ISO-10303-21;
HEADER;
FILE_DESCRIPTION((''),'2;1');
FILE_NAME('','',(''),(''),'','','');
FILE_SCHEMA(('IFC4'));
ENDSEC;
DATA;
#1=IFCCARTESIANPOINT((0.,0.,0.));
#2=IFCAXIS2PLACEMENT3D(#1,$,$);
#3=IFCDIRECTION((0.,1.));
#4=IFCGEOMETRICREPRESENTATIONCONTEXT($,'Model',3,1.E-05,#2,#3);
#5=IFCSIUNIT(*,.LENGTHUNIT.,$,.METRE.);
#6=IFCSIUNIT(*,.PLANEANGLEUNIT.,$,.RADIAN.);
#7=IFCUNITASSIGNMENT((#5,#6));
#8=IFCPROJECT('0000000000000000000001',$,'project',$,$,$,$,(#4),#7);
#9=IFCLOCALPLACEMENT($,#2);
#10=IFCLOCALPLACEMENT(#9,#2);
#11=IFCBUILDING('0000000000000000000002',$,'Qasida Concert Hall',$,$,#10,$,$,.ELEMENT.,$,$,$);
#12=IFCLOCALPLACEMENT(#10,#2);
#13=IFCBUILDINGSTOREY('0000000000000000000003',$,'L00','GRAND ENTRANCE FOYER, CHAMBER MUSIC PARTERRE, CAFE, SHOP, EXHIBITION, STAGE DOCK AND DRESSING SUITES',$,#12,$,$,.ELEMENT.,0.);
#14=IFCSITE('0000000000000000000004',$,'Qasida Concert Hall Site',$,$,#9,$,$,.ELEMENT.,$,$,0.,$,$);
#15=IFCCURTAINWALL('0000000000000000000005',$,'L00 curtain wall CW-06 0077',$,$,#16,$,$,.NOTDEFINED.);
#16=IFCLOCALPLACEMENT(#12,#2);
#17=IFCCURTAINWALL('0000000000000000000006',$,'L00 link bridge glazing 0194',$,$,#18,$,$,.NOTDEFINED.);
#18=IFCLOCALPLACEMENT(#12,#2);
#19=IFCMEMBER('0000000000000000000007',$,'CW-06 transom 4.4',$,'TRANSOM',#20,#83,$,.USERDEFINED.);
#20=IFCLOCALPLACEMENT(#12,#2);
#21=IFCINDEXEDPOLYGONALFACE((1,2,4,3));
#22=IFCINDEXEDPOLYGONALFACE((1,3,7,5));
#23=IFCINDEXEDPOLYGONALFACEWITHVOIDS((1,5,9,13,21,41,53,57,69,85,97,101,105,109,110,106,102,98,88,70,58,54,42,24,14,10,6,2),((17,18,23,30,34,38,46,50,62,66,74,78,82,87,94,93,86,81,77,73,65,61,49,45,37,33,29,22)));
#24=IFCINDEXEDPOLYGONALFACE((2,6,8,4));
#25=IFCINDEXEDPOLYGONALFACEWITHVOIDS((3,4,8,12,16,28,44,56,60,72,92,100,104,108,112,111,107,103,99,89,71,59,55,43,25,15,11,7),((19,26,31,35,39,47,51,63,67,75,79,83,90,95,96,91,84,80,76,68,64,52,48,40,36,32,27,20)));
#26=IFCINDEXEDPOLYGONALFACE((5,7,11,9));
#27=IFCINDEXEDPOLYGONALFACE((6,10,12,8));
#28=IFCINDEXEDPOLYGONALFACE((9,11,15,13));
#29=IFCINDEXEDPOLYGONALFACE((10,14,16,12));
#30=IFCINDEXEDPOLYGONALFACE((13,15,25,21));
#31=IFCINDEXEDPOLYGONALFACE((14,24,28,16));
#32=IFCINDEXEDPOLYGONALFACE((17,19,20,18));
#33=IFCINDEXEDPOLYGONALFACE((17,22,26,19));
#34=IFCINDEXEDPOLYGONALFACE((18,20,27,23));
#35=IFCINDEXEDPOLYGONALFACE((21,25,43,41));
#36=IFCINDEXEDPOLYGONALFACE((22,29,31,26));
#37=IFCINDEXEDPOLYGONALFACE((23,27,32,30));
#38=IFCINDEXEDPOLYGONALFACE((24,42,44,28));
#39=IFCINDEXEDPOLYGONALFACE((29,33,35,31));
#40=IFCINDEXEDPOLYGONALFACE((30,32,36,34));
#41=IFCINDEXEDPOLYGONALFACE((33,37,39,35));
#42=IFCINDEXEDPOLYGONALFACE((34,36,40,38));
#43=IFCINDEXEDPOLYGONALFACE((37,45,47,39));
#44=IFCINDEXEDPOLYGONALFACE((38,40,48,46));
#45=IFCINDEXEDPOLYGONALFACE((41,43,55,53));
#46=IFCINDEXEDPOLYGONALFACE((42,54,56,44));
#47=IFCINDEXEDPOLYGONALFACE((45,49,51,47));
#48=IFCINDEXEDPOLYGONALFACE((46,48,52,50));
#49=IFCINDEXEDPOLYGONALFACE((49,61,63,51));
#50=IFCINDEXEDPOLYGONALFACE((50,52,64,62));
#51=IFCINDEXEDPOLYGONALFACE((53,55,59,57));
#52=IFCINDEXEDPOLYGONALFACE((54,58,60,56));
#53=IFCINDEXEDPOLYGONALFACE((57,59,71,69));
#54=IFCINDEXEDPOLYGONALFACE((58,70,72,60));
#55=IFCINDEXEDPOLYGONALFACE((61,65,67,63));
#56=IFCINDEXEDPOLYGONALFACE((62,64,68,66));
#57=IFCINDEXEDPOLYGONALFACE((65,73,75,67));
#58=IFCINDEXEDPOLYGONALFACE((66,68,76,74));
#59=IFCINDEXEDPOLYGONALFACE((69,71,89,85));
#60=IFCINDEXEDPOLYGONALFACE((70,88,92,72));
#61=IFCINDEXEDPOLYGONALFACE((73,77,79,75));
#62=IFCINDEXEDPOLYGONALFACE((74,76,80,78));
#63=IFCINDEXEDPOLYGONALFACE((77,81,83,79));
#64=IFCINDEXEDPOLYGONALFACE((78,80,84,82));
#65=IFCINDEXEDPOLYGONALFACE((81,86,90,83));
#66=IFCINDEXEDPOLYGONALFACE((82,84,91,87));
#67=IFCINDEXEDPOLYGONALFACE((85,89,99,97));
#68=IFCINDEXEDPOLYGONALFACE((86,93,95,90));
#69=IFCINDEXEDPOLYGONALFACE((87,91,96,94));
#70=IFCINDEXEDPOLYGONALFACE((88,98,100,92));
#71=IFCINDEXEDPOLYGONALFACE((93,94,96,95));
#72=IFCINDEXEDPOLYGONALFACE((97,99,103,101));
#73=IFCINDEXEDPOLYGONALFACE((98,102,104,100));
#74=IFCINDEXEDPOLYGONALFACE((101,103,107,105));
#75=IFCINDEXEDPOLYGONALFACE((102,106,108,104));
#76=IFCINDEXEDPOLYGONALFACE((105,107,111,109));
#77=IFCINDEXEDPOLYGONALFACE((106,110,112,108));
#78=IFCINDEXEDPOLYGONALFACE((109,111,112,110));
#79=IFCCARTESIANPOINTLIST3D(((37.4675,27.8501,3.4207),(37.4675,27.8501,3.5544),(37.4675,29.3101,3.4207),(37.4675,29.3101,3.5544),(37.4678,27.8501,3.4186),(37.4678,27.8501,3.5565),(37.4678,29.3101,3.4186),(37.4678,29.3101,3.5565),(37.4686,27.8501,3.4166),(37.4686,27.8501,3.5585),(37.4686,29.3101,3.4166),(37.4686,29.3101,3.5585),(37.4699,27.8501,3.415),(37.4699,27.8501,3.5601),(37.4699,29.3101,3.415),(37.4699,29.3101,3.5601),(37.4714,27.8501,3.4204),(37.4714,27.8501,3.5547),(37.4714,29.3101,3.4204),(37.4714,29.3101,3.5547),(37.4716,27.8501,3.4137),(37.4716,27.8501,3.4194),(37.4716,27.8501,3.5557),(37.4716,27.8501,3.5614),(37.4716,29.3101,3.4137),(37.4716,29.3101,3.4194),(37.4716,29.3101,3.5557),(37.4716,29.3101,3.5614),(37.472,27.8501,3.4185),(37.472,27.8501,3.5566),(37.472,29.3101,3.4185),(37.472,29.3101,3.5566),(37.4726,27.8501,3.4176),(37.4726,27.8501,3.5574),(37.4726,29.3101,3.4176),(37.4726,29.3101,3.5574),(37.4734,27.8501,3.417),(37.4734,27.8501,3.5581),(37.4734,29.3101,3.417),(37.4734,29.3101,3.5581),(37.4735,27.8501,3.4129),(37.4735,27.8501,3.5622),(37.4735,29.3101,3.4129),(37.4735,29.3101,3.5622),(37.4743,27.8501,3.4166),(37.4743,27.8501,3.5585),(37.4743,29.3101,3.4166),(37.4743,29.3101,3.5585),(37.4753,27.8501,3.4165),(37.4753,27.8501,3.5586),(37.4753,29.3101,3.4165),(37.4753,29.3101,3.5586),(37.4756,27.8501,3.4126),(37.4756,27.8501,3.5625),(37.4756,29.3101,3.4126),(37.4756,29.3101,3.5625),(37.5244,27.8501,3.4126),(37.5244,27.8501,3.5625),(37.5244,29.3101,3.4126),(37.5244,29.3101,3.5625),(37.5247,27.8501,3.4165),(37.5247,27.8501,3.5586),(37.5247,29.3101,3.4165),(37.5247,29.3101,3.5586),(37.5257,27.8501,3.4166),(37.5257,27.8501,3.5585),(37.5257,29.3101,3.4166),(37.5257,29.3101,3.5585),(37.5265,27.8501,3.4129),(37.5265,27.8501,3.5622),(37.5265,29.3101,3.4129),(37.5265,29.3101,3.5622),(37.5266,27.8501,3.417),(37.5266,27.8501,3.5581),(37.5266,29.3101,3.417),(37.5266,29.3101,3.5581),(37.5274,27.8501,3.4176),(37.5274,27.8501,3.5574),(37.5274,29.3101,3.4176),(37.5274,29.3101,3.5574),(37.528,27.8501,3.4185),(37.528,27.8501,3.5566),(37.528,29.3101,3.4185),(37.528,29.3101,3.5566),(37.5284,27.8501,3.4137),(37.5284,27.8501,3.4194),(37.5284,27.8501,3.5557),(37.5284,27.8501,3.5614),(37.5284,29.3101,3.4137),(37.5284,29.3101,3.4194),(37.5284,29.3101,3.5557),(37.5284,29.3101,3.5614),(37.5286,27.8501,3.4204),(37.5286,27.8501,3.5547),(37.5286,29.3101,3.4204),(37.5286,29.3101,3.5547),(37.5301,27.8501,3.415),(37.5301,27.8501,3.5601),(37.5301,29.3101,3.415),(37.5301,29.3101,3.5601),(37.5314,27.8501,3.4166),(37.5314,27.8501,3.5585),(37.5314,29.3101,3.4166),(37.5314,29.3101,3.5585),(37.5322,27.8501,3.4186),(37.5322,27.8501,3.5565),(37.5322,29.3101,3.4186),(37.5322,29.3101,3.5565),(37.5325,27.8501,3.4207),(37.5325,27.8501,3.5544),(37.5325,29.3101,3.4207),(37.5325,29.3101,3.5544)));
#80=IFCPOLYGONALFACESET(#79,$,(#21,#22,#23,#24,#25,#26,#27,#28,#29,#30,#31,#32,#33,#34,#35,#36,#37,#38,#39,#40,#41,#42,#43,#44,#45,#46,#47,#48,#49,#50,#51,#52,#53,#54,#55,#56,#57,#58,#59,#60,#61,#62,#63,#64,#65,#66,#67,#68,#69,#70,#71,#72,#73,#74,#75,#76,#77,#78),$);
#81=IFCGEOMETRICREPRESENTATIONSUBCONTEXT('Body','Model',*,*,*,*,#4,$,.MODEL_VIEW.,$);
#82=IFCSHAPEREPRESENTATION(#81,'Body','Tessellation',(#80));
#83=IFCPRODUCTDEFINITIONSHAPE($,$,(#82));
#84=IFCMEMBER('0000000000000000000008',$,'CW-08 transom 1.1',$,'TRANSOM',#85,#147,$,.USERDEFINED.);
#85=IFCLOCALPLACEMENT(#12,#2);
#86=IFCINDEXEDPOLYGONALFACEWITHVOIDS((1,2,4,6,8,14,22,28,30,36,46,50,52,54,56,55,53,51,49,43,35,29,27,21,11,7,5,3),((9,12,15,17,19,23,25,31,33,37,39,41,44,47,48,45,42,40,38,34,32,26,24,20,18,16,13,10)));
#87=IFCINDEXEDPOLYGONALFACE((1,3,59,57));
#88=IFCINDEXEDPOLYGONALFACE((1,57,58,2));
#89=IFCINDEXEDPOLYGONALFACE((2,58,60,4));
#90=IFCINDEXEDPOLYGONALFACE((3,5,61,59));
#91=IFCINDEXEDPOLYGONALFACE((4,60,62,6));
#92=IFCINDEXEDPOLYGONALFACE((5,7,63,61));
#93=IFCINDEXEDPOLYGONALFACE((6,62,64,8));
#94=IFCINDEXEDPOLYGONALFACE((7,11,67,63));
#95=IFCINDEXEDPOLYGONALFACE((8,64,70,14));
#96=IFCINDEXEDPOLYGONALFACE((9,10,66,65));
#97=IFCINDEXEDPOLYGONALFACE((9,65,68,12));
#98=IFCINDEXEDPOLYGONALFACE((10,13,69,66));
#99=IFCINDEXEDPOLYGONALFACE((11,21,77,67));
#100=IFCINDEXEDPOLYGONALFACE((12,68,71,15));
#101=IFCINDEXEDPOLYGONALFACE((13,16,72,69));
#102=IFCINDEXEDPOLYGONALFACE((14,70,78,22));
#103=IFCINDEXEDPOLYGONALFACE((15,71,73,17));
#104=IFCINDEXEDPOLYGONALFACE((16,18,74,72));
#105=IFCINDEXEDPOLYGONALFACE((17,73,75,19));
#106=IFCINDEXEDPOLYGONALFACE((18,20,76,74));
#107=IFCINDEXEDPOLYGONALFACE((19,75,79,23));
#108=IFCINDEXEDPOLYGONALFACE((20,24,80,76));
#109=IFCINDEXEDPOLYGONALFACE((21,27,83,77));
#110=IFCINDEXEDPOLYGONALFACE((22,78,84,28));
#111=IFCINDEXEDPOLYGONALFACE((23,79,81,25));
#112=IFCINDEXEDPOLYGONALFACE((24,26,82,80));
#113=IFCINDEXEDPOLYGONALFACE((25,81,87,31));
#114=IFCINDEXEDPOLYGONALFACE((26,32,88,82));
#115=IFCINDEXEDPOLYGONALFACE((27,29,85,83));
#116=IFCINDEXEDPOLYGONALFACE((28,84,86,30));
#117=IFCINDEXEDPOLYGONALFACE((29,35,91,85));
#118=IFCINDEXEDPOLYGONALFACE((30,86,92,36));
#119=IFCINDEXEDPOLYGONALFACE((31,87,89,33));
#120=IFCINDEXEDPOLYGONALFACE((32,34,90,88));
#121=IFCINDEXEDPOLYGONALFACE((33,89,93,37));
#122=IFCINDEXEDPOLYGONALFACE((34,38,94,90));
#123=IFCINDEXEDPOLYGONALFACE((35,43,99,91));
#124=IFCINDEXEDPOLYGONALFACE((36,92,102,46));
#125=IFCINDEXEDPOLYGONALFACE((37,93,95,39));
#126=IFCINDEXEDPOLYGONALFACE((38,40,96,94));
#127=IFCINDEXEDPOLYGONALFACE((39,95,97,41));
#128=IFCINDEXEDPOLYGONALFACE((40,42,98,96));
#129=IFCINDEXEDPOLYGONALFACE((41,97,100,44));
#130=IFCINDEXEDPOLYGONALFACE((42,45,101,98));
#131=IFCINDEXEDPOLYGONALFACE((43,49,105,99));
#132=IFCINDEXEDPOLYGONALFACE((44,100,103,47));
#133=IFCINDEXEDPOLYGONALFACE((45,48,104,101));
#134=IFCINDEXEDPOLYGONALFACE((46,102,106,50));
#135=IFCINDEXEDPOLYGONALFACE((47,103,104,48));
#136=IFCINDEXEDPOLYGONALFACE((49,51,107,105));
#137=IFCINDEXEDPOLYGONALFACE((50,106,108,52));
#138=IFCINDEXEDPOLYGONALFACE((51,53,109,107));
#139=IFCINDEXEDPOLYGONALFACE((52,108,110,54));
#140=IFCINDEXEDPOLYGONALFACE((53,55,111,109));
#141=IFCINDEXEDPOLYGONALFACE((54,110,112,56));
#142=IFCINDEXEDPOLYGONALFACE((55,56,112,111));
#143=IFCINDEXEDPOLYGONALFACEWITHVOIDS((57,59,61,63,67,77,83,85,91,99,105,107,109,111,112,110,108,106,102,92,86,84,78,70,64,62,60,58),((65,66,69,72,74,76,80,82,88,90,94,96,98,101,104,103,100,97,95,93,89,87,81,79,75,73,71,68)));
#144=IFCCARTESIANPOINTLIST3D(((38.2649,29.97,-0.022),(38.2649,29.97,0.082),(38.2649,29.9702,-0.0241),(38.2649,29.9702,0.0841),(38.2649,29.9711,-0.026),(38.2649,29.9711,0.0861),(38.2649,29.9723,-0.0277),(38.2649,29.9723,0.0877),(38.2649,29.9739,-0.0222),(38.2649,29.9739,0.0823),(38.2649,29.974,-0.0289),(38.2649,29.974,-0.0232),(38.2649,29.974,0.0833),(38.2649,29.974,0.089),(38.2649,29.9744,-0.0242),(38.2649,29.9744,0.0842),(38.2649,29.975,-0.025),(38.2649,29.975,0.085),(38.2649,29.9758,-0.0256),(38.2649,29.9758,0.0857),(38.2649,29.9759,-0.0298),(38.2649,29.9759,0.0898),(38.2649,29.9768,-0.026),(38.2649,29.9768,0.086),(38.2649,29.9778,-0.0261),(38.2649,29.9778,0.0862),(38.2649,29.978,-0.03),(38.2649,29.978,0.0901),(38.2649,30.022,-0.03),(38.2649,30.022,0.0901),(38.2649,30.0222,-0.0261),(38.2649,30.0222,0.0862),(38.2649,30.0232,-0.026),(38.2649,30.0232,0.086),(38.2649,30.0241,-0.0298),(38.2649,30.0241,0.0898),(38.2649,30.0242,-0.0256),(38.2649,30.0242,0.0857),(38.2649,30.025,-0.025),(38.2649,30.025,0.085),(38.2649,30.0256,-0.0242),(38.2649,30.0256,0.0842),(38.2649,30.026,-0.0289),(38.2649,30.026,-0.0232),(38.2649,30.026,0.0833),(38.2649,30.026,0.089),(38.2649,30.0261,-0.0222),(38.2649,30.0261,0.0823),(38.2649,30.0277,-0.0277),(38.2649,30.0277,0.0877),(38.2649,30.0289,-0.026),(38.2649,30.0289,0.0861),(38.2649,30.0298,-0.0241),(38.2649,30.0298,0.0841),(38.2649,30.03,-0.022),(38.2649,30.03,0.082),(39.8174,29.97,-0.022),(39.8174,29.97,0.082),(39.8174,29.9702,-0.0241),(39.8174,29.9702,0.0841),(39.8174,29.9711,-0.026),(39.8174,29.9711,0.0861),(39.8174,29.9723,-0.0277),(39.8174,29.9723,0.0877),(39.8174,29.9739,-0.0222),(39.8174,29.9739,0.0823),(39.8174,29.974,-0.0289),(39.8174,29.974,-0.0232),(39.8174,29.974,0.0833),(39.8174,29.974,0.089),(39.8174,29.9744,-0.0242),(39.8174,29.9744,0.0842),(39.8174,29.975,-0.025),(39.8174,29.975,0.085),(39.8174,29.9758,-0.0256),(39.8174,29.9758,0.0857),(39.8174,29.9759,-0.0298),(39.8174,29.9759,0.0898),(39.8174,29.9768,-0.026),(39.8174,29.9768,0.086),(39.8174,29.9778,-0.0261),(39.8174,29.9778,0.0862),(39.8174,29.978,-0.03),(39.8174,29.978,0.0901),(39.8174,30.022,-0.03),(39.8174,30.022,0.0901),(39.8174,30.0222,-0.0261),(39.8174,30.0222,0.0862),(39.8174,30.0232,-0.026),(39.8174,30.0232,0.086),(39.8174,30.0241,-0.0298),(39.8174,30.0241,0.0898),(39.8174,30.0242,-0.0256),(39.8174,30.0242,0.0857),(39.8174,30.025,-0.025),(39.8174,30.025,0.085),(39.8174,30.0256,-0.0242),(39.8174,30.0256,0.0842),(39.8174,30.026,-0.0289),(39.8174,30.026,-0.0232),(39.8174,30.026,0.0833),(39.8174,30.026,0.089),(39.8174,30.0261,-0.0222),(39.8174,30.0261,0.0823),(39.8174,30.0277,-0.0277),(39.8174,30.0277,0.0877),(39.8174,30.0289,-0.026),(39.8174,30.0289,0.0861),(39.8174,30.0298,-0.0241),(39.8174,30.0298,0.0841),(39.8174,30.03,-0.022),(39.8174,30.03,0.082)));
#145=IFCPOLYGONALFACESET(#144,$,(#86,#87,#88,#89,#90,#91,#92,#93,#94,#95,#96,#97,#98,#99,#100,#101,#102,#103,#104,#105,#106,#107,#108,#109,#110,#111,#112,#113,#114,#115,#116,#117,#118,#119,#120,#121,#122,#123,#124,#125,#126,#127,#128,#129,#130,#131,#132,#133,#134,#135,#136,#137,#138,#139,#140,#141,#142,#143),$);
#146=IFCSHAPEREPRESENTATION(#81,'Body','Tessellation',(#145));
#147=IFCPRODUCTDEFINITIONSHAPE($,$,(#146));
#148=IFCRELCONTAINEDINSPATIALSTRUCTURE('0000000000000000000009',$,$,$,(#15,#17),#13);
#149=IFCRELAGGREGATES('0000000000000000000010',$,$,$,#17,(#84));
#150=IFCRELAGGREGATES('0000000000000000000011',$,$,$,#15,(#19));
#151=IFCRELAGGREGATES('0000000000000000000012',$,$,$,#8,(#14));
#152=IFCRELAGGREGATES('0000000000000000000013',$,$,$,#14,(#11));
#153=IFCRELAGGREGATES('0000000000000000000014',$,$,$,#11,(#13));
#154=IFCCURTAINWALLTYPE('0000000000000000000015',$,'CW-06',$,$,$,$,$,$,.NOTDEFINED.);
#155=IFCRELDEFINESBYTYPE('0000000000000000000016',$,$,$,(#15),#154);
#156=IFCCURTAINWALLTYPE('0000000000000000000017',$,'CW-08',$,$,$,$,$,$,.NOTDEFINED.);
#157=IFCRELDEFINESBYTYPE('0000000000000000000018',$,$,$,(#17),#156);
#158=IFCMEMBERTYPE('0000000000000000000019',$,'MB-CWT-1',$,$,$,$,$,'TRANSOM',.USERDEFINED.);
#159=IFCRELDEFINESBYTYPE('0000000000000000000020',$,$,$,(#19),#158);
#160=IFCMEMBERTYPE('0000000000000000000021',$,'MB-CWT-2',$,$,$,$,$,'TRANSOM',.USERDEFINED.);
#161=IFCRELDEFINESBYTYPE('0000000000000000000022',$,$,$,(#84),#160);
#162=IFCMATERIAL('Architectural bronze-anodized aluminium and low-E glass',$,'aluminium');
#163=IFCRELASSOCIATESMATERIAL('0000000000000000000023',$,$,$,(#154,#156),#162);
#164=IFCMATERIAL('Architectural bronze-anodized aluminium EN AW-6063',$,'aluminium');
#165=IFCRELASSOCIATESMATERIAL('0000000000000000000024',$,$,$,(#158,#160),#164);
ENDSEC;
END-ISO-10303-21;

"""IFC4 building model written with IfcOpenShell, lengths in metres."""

from ifc_helpers import new_model, si_unit, direction, frame, origin, origin_2d, place, context, subcontext, project, spatial, hollow_rectangle, extrude, material, material_profile, profile_set, type_object, element, aggregate, save


model = new_model("IFC4")

# Units and contexts
model_context = context("Model", 3, precision=1e-05, world=origin(), true_north=direction((0.0, 1.0)))
body_context = subcontext(model_context, "Body", "Model", "MODEL_VIEW")
ifc_project = project(units=[si_unit("LENGTHUNIT", "METRE"), si_unit("PLANEANGLEUNIT", "RADIAN")], contexts=[model_context])

# Site, building, storey
site_placement = place(None, origin())
site = spatial("IfcSite", under=ifc_project, at=site_placement, Name="Qasida Concert Hall Site", CompositionType="ELEMENT", RefElevation=0.0)
building_placement = place(site_placement, origin())
building = spatial("IfcBuilding", under=site, at=building_placement, Name="Qasida Concert Hall", CompositionType="ELEMENT")
storey_placement = place(building_placement, origin())
storey = spatial("IfcBuildingStorey", under=building, at=storey_placement, Name="L00", Description="GRAND ENTRANCE FOYER, CHAMBER MUSIC PARTERRE, CAFE, SHOP, EXHIBITION, STAGE DOCK AND DRESSING SUITES", CompositionType="ELEMENT", Elevation=0.0)

# Curtain wall
ifc_material_1 = material(Name="Architectural bronze-anodized aluminium and low-E glass", Category="aluminium")
curtain_wall_type_1 = type_object("IfcCurtainWallType", Name="CW-06", PredefinedType="NOTDEFINED", material=ifc_material_1)
curtain_wall_1_placement = place(storey_placement, origin())
curtain_wall_1 = element("IfcCurtainWall", 1, at=curtain_wall_1_placement, inside=storey, type_object=curtain_wall_type_1, Name="L00 curtain wall CW-06 0077", PredefinedType="NOTDEFINED")
ifc_material_2 = material(Name="Architectural bronze-anodized aluminium EN AW-6063", Category="aluminium")

# Curtain wall
curtain_wall_type_2 = type_object("IfcCurtainWallType", Name="CW-08", PredefinedType="NOTDEFINED", material=ifc_material_1)
curtain_wall_2_placement = place(storey_placement, origin())
curtain_wall_2 = element("IfcCurtainWall", 2, at=curtain_wall_2_placement, inside=storey, type_object=curtain_wall_type_2, Name="L00 link bridge glazing 0194", PredefinedType="NOTDEFINED")

# Members
ifc_material_profile_1 = material_profile(ifc_material_2, hollow_rectangle(XDim=0.0649, YDim=0.1499, WallThickness=0.0039, InnerFilletRadius=0.0039, OuterFilletRadius=0.0081, at=origin_2d()), Name="CWT 150x65x4")
ifc_profile_set_1 = profile_set([ifc_material_profile_1], Name="Architectural bronze-anodized aluminium EN AW-6063")
member_type_1 = type_object("IfcMemberType", Name="MB-CWT-1", ElementType="TRANSOM", PredefinedType="USERDEFINED", material=ifc_profile_set_1)
member_1_placement = place(storey_placement, frame((37.5, 27.8501, 3.4875), z_axis=(0.0, 1.0, 0.0), x_axis=(-1.0, 0.0, 0.0)))
member_1 = element("IfcMember", 3, at=member_1_placement, type_object=member_type_1, Name="CW-06 transom 4.4", ObjectType="TRANSOM", PredefinedType="USERDEFINED", context=body_context, shape_type="SweptSolid", body=[
    extrude(hollow_rectangle(XDim=0.0649, YDim=0.1499, WallThickness=0.0039, InnerFilletRadius=0.0039, OuterFilletRadius=0.0081, at=origin_2d()), origin(), (0.0, 0.0, 1.0), 1.46),
])
ifc_material_profile_2 = material_profile(ifc_material_2, hollow_rectangle(XDim=0.0601, YDim=0.1201, WallThickness=0.0039, InnerFilletRadius=0.0039, OuterFilletRadius=0.0081, at=origin_2d()), Name="CWT 120x60x4")
ifc_profile_set_2 = profile_set([ifc_material_profile_2], Name="Architectural bronze-anodized aluminium EN AW-6063")
member_type_2 = type_object("IfcMemberType", Name="MB-CWT-2", ElementType="TRANSOM", PredefinedType="USERDEFINED", material=ifc_profile_set_2)
member_2_placement = place(storey_placement, frame((38.2649, 30.0, 0.03), z_axis=(1.0, 0.0, 0.0), x_axis=(0.0, 1.0, 0.0)))
member_2 = element("IfcMember", 4, at=member_2_placement, type_object=member_type_2, Name="CW-08 transom 1.1", ObjectType="TRANSOM", PredefinedType="USERDEFINED", context=body_context, shape_type="SweptSolid", body=[
    extrude(hollow_rectangle(XDim=0.0601, YDim=0.1201, WallThickness=0.0039, InnerFilletRadius=0.0039, OuterFilletRadius=0.0081, at=origin_2d()), origin(), (0.0, 0.0, 1.0), 1.5525),
])
aggregate(curtain_wall_2, [member_2])

aggregate(curtain_wall_1, [member_1])

save(model, "model.ifc")
